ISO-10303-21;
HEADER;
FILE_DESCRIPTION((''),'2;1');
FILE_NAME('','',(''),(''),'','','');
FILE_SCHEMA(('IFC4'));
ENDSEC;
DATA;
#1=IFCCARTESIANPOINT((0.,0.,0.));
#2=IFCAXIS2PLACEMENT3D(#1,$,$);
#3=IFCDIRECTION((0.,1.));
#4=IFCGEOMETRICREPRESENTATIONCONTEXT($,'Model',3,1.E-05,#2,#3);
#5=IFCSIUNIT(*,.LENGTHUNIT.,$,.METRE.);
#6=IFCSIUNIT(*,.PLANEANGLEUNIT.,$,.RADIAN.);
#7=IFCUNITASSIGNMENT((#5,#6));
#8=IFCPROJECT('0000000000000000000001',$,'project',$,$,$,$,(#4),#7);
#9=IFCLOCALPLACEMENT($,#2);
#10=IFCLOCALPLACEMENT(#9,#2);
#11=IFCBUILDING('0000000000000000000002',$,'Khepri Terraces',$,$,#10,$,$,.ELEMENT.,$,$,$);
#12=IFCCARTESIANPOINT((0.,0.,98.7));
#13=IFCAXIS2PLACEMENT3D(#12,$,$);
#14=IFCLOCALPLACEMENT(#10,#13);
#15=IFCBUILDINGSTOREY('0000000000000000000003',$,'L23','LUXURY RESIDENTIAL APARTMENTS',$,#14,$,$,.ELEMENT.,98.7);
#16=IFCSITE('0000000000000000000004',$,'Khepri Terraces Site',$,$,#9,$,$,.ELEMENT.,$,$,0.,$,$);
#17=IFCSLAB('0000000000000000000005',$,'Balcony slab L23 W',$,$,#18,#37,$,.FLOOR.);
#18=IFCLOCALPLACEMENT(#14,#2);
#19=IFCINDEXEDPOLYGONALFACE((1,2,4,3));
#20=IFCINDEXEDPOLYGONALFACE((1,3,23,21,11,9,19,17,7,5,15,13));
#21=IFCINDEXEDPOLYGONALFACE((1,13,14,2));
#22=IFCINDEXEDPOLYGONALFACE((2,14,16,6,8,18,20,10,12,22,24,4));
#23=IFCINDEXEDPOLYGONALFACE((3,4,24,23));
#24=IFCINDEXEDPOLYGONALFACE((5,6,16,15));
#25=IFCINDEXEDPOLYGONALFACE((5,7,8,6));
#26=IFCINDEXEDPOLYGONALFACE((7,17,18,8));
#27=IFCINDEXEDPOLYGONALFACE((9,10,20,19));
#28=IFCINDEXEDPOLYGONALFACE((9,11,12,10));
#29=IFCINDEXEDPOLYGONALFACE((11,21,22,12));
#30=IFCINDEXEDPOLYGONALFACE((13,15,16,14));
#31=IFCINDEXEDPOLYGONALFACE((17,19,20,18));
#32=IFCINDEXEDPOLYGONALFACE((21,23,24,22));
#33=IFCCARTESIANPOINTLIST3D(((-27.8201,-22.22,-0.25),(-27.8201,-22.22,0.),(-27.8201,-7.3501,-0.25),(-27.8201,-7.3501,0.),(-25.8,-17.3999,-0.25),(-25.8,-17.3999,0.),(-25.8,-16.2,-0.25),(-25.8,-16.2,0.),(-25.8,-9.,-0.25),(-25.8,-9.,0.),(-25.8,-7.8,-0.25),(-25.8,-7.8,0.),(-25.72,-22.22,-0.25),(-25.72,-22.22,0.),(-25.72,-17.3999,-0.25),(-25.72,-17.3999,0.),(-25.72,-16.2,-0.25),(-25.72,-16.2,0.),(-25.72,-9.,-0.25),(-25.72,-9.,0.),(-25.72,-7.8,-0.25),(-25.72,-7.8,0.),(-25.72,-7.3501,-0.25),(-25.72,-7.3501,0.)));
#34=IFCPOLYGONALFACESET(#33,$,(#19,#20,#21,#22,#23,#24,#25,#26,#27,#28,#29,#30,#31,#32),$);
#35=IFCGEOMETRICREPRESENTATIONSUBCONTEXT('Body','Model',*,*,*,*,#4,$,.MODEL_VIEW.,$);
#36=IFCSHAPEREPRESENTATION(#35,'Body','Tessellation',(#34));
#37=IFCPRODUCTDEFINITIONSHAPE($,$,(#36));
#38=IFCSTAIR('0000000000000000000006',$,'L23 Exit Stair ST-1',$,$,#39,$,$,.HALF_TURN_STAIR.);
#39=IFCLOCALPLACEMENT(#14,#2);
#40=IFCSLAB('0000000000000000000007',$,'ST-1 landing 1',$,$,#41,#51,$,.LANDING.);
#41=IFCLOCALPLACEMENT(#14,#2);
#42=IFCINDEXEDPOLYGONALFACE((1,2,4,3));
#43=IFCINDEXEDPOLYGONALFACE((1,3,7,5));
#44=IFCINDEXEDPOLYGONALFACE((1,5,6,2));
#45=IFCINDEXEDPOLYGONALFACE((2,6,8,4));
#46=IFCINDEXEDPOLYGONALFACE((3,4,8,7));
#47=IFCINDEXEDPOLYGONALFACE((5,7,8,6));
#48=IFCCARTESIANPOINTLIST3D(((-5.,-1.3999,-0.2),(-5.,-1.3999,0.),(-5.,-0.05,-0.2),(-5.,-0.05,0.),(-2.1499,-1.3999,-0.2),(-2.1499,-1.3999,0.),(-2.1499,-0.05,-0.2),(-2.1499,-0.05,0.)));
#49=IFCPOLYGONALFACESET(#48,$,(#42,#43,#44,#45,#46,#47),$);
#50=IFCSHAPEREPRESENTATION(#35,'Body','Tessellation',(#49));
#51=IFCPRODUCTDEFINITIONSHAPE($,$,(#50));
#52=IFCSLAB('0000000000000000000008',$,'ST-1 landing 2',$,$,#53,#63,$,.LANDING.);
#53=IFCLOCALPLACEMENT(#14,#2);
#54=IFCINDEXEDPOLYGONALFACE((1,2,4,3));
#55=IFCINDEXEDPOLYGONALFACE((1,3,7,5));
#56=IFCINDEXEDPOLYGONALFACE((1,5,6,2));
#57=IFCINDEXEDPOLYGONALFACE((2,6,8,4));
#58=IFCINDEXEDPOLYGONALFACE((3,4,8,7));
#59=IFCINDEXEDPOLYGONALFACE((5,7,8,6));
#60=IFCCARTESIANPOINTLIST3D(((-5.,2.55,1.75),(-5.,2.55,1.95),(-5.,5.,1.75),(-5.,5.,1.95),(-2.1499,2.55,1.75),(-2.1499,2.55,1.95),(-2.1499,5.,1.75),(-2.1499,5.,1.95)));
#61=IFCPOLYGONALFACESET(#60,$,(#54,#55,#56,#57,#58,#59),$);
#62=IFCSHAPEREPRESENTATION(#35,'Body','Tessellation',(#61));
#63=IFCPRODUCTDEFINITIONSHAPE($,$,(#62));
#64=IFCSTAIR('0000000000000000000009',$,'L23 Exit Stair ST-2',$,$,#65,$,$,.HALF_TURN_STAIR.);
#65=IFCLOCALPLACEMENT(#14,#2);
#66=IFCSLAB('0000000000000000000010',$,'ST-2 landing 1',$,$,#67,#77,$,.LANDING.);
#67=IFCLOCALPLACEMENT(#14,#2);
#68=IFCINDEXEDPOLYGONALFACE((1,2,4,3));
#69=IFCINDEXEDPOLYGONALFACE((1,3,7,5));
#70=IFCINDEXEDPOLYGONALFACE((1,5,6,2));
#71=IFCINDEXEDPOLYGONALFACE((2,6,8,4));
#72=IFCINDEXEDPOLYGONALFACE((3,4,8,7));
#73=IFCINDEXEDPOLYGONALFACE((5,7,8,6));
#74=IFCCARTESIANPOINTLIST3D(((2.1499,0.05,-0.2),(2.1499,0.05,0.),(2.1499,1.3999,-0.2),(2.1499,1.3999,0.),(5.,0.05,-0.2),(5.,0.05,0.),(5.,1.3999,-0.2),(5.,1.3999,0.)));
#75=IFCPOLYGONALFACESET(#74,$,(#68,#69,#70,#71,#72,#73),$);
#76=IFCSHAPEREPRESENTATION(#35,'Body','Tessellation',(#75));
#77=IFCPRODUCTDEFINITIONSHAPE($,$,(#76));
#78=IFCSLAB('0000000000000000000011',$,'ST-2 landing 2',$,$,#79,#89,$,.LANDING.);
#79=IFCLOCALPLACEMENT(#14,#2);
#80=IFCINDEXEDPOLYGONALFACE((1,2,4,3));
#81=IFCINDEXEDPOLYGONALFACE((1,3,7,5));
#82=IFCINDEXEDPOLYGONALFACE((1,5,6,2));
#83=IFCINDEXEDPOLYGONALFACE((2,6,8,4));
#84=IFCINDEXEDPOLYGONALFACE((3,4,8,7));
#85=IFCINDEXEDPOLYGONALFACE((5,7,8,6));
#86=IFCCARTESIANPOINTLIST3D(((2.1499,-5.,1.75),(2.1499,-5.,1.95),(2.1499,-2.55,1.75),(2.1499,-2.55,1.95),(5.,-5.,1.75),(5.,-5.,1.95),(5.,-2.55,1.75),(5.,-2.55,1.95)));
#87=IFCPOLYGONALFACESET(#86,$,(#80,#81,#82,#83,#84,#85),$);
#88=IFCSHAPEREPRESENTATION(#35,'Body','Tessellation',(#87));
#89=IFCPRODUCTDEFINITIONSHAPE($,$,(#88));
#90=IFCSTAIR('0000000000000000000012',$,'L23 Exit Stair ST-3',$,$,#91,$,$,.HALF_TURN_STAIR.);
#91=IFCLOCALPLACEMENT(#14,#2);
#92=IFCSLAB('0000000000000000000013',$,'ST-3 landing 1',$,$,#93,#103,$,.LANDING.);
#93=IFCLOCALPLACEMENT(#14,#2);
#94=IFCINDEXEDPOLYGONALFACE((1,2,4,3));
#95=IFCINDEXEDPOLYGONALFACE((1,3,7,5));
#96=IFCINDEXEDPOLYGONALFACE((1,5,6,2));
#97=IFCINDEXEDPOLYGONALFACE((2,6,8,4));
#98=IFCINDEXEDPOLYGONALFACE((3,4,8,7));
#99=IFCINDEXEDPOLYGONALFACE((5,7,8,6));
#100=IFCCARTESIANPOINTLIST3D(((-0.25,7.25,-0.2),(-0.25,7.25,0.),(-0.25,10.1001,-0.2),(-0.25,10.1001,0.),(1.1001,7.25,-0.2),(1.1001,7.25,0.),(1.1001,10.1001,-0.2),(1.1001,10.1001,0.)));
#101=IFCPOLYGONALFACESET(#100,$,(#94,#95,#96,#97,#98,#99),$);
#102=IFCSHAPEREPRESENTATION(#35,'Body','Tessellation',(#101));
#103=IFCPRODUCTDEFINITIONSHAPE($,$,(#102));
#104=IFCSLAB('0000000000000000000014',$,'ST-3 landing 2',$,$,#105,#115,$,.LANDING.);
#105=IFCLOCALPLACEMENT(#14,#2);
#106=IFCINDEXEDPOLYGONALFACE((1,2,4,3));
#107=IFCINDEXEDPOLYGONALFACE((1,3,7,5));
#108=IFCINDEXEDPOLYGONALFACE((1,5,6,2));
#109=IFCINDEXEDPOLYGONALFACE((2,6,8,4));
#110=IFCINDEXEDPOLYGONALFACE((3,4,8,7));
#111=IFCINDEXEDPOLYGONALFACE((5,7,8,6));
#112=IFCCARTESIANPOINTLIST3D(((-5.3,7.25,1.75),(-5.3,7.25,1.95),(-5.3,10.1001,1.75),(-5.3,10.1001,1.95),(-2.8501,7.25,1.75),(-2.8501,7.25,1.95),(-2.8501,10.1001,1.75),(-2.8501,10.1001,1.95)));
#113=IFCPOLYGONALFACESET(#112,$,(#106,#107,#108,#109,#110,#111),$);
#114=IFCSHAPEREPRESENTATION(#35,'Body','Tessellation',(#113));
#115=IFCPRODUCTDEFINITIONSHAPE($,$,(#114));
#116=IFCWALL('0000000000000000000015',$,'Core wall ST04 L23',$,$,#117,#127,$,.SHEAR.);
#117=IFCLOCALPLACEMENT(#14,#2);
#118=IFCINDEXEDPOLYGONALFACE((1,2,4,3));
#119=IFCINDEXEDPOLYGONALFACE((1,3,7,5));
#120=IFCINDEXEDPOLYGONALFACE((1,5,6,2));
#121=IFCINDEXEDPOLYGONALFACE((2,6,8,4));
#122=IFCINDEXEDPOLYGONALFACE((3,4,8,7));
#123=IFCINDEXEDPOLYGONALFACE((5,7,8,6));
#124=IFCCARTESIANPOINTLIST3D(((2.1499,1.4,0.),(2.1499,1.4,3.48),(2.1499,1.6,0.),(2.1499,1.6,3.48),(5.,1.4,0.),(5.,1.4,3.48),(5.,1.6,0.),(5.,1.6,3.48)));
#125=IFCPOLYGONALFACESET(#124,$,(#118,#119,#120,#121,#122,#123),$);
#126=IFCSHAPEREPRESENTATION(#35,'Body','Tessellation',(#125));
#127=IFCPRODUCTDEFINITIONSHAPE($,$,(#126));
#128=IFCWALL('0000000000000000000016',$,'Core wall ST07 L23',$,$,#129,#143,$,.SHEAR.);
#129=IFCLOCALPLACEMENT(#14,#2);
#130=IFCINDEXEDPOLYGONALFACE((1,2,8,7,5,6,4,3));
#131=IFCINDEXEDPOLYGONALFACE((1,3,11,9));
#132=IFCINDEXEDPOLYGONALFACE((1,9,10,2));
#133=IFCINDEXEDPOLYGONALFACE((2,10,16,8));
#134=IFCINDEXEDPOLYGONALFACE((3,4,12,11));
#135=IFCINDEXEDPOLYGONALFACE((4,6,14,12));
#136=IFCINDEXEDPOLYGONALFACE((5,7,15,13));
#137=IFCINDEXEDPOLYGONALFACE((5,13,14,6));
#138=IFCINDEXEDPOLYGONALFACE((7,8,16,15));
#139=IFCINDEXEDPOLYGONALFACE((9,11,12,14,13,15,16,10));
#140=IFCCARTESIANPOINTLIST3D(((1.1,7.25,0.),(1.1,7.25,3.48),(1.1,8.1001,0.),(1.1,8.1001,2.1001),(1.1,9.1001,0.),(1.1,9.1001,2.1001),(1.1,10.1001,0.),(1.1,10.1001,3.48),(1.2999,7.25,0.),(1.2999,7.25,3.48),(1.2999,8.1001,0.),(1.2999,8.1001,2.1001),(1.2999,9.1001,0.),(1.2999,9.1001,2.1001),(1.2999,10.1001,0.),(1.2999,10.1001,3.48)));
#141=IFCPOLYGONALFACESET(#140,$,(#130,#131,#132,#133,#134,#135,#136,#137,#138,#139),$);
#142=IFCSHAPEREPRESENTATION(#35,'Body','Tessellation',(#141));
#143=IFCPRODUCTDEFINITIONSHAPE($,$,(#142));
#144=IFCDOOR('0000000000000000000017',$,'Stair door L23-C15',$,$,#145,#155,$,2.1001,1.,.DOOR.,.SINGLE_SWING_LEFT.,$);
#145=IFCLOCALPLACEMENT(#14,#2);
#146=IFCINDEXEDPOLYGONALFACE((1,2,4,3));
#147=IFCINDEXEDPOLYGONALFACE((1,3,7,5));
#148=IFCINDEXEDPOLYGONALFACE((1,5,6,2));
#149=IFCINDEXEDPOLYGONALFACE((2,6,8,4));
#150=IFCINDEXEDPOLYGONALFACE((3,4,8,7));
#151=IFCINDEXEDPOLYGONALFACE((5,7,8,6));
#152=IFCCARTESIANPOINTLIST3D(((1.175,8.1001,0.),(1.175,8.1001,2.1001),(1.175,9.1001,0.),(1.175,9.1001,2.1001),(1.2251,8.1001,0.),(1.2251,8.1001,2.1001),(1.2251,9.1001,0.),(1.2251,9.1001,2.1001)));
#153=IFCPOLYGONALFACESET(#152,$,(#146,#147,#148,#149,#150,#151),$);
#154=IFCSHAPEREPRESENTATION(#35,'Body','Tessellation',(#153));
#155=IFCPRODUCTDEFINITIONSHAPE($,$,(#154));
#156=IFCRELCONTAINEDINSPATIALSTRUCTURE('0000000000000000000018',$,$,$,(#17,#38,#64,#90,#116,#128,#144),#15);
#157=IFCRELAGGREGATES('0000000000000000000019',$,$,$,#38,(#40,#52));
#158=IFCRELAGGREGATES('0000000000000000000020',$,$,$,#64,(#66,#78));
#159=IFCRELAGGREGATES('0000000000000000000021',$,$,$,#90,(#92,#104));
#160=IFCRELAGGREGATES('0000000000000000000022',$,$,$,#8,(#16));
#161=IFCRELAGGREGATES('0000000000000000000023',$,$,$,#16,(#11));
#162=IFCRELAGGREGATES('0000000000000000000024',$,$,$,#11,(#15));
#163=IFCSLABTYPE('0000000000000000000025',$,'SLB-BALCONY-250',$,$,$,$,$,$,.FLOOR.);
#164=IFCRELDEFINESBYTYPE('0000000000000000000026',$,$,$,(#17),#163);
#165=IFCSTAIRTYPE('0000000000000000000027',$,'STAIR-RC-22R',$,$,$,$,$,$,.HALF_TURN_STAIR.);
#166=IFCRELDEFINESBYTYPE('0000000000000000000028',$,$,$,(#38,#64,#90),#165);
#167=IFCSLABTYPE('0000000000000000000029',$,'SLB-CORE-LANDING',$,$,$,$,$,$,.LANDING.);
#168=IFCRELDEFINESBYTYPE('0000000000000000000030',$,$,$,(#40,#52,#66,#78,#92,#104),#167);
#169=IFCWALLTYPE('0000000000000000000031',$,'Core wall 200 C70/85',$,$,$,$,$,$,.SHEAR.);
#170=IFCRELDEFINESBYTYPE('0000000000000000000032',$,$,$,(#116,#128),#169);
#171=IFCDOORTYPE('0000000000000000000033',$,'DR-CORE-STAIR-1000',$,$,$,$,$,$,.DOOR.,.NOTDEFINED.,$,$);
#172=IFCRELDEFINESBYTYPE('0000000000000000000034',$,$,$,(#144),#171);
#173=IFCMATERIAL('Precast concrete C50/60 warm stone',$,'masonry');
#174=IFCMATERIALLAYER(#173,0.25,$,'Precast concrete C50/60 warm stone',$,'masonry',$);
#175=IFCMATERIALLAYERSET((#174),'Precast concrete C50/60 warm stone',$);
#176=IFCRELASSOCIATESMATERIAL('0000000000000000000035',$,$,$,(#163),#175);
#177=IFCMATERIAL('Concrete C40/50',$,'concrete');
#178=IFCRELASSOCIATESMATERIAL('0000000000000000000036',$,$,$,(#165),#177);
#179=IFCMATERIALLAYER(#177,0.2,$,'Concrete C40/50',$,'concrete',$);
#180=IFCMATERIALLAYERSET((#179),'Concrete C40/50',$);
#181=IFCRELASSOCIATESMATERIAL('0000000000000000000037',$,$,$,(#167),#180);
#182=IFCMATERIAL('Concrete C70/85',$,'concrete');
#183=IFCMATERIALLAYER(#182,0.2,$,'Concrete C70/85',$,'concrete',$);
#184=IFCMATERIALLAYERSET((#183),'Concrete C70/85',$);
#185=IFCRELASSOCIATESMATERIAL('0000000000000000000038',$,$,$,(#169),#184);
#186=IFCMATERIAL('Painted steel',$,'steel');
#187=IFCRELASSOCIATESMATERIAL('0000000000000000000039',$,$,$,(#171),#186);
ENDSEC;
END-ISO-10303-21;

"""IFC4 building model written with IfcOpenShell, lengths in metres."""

from ifc_helpers import new_model, si_unit, direction, frame, frame_2d, origin, place, context, subcontext, project, spatial, polyline, rectangle, outline, extrude, material, layer, layer_set, type_object, element, fill, aggregate, save


model = new_model("IFC4")

# Units and contexts
model_context = context("Model", 3, precision=1e-05, world=origin(), true_north=direction((0.0, 1.0)))
body_context = subcontext(model_context, "Body", "Model", "MODEL_VIEW")
ifc_project = project(units=[si_unit("LENGTHUNIT", "METRE"), si_unit("PLANEANGLEUNIT", "RADIAN")], contexts=[model_context])

# Site, building, storey
site_placement = place(None, origin())
site = spatial("IfcSite", under=ifc_project, at=site_placement, Name="Khepri Terraces Site", CompositionType="ELEMENT", RefElevation=0.0)
building_placement = place(site_placement, origin())
building = spatial("IfcBuilding", under=site, at=building_placement, Name="Khepri Terraces", CompositionType="ELEMENT")
storey_placement = place(building_placement, frame((0.0, 0.0, 98.7)))
storey = spatial("IfcBuildingStorey", under=building, at=storey_placement, Name="L23", Description="LUXURY RESIDENTIAL APARTMENTS", CompositionType="ELEMENT", Elevation=98.7)

# Slab
ifc_material_1 = material(Name="Precast concrete C50/60 warm stone", Category="masonry")
ifc_layer_1 = layer(ifc_material_1, 0.25, Name="Precast concrete C50/60 warm stone", Category="masonry")
ifc_layer_set_1 = layer_set([ifc_layer_1], Name="Precast concrete C50/60 warm stone")
slab_type_1 = type_object("IfcSlabType", Name="SLB-BALCONY-250", PredefinedType="FLOOR", material=ifc_layer_set_1)
slab_1_placement = place(storey_placement, frame((0.0, 0.0, -0.25)))
element("IfcSlab", 1, at=slab_1_placement, inside=storey, type_object=slab_type_1, Name="Balcony slab L23 W", PredefinedType="FLOOR", context=body_context, shape_type="SweptSolid", body=[
    extrude(outline(polyline([(-25.72, -7.8), (-25.72, -7.3501), (-27.8201, -7.3501), (-27.8201, -22.22), (-25.72, -22.22), (-25.72, -17.3999), (-25.8, -17.3999), (-25.8, -16.2), (-25.72, -16.2), (-25.72, -9.0), (-25.8, -9.0), (-25.8, -7.8), (-25.72, -7.8)])), origin(), (0.0, 0.0, 1.0), 0.25),
])

# Stairs, slabs
ifc_material_2 = material(Name="Concrete C40/50", Category="concrete")
stair_type = type_object("IfcStairType", Name="STAIR-RC-22R", PredefinedType="HALF_TURN_STAIR", material=ifc_material_2)
stair_1_placement = place(storey_placement, origin())
stair_1 = element("IfcStair", 2, at=stair_1_placement, inside=storey, type_object=stair_type, Name="L23 Exit Stair ST-1", PredefinedType="HALF_TURN_STAIR")
ifc_layer_2 = layer(ifc_material_2, 0.2, Name="Concrete C40/50", Category="concrete")
ifc_layer_set_2 = layer_set([ifc_layer_2], Name="Concrete C40/50")
slab_type_2 = type_object("IfcSlabType", Name="SLB-CORE-LANDING", PredefinedType="LANDING", material=ifc_layer_set_2)
slab_2_placement = place(storey_placement, frame((0.0, 0.0, -0.2)))
slab_2 = element("IfcSlab", 3, at=slab_2_placement, type_object=slab_type_2, Name="ST-1 landing 1", PredefinedType="LANDING", context=body_context, shape_type="SweptSolid", body=[
    extrude(outline(polyline([(-2.1499, -1.3999), (-2.1499, -0.05), (-5.0, -0.05), (-5.0, -1.3999), (-2.1499, -1.3999)])), origin(), (0.0, 0.0, 1.0), 0.2),
])
slab_3_placement = place(storey_placement, frame((0.0, 0.0, 1.75)))
slab_3 = element("IfcSlab", 4, at=slab_3_placement, type_object=slab_type_2, Name="ST-1 landing 2", PredefinedType="LANDING", context=body_context, shape_type="SweptSolid", body=[
    extrude(outline(polyline([(-2.1499, 2.55), (-2.1499, 5.0), (-5.0, 5.0), (-5.0, 2.55), (-2.1499, 2.55)])), origin(), (0.0, 0.0, 1.0), 0.2),
])
aggregate(stair_1, [slab_2, slab_3])
stair_2_placement = place(storey_placement, origin())
stair_2 = element("IfcStair", 5, at=stair_2_placement, inside=storey, type_object=stair_type, Name="L23 Exit Stair ST-2", PredefinedType="HALF_TURN_STAIR")
slab_4_placement = place(storey_placement, frame((0.0, 0.0, -0.2)))
slab_4 = element("IfcSlab", 6, at=slab_4_placement, type_object=slab_type_2, Name="ST-2 landing 1", PredefinedType="LANDING", context=body_context, shape_type="SweptSolid", body=[
    extrude(outline(polyline([(2.1499, 1.3999), (2.1499, 0.05), (5.0, 0.05), (5.0, 1.3999), (2.1499, 1.3999)])), origin(), (0.0, 0.0, 1.0), 0.2),
])
slab_5_placement = place(storey_placement, frame((0.0, 0.0, 1.75)))
slab_5 = element("IfcSlab", 7, at=slab_5_placement, type_object=slab_type_2, Name="ST-2 landing 2", PredefinedType="LANDING", context=body_context, shape_type="SweptSolid", body=[
    extrude(outline(polyline([(2.1499, -2.55), (2.1499, -5.0), (5.0, -5.0), (5.0, -2.55), (2.1499, -2.55)])), origin(), (0.0, 0.0, 1.0), 0.2),
])
aggregate(stair_2, [slab_4, slab_5])
stair_3_placement = place(storey_placement, origin())
stair_3 = element("IfcStair", 8, at=stair_3_placement, inside=storey, type_object=stair_type, Name="L23 Exit Stair ST-3", PredefinedType="HALF_TURN_STAIR")
slab_6_placement = place(storey_placement, frame((0.0, 0.0, -0.2)))
slab_6 = element("IfcSlab", 9, at=slab_6_placement, type_object=slab_type_2, Name="ST-3 landing 1", PredefinedType="LANDING", context=body_context, shape_type="SweptSolid", body=[
    extrude(outline(polyline([(1.1001, 10.1001), (-0.25, 10.1001), (-0.25, 7.25), (1.1001, 7.25), (1.1001, 10.1001)])), origin(), (0.0, 0.0, 1.0), 0.2),
])
slab_7_placement = place(storey_placement, frame((0.0, 0.0, 1.75)))
slab_7 = element("IfcSlab", 10, at=slab_7_placement, type_object=slab_type_2, Name="ST-3 landing 2", PredefinedType="LANDING", context=body_context, shape_type="SweptSolid", body=[
    extrude(outline(polyline([(-2.8501, 10.1001), (-5.3, 10.1001), (-5.3, 7.25), (-2.8501, 7.25), (-2.8501, 10.1001)])), origin(), (0.0, 0.0, 1.0), 0.2),
])
aggregate(stair_3, [slab_6, slab_7])

# Wall
ifc_material_3 = material(Name="Concrete C70/85", Category="concrete")
ifc_layer_3 = layer(ifc_material_3, 0.2, Name="Concrete C70/85", Category="concrete")
ifc_layer_set_3 = layer_set([ifc_layer_3], Name="Concrete C70/85")
wall_type = type_object("IfcWallType", Name="Core wall 200 C70/85", PredefinedType="SHEAR", material=ifc_layer_set_3)
wall_1_placement = place(storey_placement, frame((2.1499, 1.5, 0.0), z_axis=(0.0, 0.0, 1.0), x_axis=(1.0, 0.0, 0.0)))
element("IfcWall", 11, at=wall_1_placement, inside=storey, type_object=wall_type, Name="Core wall ST04 L23", PredefinedType="SHEAR", context=body_context, shape_type="SweptSolid", body=[
    extrude(rectangle(XDim=2.8501, YDim=0.2, at=frame_2d((1.425, 0.0))), origin(), (0.0, 0.0, 1.0), 3.48),
])

# Wall, opening, door
wall_2_placement = place(storey_placement, frame((1.2, 7.25, 0.0), z_axis=(0.0, 0.0, 1.0), x_axis=(0.0, 1.0, 0.0)))
wall_2 = element("IfcWall", 12, at=wall_2_placement, inside=storey, type_object=wall_type, Name="Core wall ST07 L23", PredefinedType="SHEAR", context=body_context, shape_type="SweptSolid", body=[
    extrude(rectangle(XDim=2.8501, YDim=0.2, at=frame_2d((1.425, 0.0))), origin(), (0.0, 0.0, 1.0), 3.48),
])
opening_1_placement = place(wall_2_placement, frame((0.8501, 0.0, 0.0)))
opening_1 = element("IfcOpeningElement", 13, at=opening_1_placement, cuts=wall_2, PredefinedType="OPENING", context=body_context, shape_type="SweptSolid", body=[
    extrude(rectangle(XDim=1.0, YDim=2.1001, at=frame_2d((0.5, 1.05))), frame((0.0, 0.1099, 0.0), z_axis=(0.0, -1.0, 0.0), x_axis=(1.0, 0.0, 0.0)), (0.0, 0.0, 1.0), 0.22),
])
ifc_material_4 = material(Name="Painted steel", Category="steel")
door_type_1 = type_object("IfcDoorType", Name="DR-CORE-STAIR-1000", OperationType="NOTDEFINED", PredefinedType="DOOR", material=ifc_material_4)
door_1_placement = place(opening_1_placement, origin())
door_1 = element("IfcDoor", 14, at=door_1_placement, inside=storey, type_object=door_type_1, Name="Stair door L23-C15", OperationType="SINGLE_SWING_LEFT", OverallHeight=2.1001, OverallWidth=1.0, PredefinedType="DOOR", context=body_context, shape_type="SweptSolid", body=[
    extrude(rectangle(XDim=1.0, YDim=2.1001, at=frame_2d((0.5, 1.05))), frame((0.0, 0.0249, 0.0), z_axis=(0.0, -1.0, 0.0), x_axis=(1.0, 0.0, 0.0)), (0.0, 0.0, 1.0), 0.05),
])
fill(opening_1, door_1)

save(model, "model.ifc")
